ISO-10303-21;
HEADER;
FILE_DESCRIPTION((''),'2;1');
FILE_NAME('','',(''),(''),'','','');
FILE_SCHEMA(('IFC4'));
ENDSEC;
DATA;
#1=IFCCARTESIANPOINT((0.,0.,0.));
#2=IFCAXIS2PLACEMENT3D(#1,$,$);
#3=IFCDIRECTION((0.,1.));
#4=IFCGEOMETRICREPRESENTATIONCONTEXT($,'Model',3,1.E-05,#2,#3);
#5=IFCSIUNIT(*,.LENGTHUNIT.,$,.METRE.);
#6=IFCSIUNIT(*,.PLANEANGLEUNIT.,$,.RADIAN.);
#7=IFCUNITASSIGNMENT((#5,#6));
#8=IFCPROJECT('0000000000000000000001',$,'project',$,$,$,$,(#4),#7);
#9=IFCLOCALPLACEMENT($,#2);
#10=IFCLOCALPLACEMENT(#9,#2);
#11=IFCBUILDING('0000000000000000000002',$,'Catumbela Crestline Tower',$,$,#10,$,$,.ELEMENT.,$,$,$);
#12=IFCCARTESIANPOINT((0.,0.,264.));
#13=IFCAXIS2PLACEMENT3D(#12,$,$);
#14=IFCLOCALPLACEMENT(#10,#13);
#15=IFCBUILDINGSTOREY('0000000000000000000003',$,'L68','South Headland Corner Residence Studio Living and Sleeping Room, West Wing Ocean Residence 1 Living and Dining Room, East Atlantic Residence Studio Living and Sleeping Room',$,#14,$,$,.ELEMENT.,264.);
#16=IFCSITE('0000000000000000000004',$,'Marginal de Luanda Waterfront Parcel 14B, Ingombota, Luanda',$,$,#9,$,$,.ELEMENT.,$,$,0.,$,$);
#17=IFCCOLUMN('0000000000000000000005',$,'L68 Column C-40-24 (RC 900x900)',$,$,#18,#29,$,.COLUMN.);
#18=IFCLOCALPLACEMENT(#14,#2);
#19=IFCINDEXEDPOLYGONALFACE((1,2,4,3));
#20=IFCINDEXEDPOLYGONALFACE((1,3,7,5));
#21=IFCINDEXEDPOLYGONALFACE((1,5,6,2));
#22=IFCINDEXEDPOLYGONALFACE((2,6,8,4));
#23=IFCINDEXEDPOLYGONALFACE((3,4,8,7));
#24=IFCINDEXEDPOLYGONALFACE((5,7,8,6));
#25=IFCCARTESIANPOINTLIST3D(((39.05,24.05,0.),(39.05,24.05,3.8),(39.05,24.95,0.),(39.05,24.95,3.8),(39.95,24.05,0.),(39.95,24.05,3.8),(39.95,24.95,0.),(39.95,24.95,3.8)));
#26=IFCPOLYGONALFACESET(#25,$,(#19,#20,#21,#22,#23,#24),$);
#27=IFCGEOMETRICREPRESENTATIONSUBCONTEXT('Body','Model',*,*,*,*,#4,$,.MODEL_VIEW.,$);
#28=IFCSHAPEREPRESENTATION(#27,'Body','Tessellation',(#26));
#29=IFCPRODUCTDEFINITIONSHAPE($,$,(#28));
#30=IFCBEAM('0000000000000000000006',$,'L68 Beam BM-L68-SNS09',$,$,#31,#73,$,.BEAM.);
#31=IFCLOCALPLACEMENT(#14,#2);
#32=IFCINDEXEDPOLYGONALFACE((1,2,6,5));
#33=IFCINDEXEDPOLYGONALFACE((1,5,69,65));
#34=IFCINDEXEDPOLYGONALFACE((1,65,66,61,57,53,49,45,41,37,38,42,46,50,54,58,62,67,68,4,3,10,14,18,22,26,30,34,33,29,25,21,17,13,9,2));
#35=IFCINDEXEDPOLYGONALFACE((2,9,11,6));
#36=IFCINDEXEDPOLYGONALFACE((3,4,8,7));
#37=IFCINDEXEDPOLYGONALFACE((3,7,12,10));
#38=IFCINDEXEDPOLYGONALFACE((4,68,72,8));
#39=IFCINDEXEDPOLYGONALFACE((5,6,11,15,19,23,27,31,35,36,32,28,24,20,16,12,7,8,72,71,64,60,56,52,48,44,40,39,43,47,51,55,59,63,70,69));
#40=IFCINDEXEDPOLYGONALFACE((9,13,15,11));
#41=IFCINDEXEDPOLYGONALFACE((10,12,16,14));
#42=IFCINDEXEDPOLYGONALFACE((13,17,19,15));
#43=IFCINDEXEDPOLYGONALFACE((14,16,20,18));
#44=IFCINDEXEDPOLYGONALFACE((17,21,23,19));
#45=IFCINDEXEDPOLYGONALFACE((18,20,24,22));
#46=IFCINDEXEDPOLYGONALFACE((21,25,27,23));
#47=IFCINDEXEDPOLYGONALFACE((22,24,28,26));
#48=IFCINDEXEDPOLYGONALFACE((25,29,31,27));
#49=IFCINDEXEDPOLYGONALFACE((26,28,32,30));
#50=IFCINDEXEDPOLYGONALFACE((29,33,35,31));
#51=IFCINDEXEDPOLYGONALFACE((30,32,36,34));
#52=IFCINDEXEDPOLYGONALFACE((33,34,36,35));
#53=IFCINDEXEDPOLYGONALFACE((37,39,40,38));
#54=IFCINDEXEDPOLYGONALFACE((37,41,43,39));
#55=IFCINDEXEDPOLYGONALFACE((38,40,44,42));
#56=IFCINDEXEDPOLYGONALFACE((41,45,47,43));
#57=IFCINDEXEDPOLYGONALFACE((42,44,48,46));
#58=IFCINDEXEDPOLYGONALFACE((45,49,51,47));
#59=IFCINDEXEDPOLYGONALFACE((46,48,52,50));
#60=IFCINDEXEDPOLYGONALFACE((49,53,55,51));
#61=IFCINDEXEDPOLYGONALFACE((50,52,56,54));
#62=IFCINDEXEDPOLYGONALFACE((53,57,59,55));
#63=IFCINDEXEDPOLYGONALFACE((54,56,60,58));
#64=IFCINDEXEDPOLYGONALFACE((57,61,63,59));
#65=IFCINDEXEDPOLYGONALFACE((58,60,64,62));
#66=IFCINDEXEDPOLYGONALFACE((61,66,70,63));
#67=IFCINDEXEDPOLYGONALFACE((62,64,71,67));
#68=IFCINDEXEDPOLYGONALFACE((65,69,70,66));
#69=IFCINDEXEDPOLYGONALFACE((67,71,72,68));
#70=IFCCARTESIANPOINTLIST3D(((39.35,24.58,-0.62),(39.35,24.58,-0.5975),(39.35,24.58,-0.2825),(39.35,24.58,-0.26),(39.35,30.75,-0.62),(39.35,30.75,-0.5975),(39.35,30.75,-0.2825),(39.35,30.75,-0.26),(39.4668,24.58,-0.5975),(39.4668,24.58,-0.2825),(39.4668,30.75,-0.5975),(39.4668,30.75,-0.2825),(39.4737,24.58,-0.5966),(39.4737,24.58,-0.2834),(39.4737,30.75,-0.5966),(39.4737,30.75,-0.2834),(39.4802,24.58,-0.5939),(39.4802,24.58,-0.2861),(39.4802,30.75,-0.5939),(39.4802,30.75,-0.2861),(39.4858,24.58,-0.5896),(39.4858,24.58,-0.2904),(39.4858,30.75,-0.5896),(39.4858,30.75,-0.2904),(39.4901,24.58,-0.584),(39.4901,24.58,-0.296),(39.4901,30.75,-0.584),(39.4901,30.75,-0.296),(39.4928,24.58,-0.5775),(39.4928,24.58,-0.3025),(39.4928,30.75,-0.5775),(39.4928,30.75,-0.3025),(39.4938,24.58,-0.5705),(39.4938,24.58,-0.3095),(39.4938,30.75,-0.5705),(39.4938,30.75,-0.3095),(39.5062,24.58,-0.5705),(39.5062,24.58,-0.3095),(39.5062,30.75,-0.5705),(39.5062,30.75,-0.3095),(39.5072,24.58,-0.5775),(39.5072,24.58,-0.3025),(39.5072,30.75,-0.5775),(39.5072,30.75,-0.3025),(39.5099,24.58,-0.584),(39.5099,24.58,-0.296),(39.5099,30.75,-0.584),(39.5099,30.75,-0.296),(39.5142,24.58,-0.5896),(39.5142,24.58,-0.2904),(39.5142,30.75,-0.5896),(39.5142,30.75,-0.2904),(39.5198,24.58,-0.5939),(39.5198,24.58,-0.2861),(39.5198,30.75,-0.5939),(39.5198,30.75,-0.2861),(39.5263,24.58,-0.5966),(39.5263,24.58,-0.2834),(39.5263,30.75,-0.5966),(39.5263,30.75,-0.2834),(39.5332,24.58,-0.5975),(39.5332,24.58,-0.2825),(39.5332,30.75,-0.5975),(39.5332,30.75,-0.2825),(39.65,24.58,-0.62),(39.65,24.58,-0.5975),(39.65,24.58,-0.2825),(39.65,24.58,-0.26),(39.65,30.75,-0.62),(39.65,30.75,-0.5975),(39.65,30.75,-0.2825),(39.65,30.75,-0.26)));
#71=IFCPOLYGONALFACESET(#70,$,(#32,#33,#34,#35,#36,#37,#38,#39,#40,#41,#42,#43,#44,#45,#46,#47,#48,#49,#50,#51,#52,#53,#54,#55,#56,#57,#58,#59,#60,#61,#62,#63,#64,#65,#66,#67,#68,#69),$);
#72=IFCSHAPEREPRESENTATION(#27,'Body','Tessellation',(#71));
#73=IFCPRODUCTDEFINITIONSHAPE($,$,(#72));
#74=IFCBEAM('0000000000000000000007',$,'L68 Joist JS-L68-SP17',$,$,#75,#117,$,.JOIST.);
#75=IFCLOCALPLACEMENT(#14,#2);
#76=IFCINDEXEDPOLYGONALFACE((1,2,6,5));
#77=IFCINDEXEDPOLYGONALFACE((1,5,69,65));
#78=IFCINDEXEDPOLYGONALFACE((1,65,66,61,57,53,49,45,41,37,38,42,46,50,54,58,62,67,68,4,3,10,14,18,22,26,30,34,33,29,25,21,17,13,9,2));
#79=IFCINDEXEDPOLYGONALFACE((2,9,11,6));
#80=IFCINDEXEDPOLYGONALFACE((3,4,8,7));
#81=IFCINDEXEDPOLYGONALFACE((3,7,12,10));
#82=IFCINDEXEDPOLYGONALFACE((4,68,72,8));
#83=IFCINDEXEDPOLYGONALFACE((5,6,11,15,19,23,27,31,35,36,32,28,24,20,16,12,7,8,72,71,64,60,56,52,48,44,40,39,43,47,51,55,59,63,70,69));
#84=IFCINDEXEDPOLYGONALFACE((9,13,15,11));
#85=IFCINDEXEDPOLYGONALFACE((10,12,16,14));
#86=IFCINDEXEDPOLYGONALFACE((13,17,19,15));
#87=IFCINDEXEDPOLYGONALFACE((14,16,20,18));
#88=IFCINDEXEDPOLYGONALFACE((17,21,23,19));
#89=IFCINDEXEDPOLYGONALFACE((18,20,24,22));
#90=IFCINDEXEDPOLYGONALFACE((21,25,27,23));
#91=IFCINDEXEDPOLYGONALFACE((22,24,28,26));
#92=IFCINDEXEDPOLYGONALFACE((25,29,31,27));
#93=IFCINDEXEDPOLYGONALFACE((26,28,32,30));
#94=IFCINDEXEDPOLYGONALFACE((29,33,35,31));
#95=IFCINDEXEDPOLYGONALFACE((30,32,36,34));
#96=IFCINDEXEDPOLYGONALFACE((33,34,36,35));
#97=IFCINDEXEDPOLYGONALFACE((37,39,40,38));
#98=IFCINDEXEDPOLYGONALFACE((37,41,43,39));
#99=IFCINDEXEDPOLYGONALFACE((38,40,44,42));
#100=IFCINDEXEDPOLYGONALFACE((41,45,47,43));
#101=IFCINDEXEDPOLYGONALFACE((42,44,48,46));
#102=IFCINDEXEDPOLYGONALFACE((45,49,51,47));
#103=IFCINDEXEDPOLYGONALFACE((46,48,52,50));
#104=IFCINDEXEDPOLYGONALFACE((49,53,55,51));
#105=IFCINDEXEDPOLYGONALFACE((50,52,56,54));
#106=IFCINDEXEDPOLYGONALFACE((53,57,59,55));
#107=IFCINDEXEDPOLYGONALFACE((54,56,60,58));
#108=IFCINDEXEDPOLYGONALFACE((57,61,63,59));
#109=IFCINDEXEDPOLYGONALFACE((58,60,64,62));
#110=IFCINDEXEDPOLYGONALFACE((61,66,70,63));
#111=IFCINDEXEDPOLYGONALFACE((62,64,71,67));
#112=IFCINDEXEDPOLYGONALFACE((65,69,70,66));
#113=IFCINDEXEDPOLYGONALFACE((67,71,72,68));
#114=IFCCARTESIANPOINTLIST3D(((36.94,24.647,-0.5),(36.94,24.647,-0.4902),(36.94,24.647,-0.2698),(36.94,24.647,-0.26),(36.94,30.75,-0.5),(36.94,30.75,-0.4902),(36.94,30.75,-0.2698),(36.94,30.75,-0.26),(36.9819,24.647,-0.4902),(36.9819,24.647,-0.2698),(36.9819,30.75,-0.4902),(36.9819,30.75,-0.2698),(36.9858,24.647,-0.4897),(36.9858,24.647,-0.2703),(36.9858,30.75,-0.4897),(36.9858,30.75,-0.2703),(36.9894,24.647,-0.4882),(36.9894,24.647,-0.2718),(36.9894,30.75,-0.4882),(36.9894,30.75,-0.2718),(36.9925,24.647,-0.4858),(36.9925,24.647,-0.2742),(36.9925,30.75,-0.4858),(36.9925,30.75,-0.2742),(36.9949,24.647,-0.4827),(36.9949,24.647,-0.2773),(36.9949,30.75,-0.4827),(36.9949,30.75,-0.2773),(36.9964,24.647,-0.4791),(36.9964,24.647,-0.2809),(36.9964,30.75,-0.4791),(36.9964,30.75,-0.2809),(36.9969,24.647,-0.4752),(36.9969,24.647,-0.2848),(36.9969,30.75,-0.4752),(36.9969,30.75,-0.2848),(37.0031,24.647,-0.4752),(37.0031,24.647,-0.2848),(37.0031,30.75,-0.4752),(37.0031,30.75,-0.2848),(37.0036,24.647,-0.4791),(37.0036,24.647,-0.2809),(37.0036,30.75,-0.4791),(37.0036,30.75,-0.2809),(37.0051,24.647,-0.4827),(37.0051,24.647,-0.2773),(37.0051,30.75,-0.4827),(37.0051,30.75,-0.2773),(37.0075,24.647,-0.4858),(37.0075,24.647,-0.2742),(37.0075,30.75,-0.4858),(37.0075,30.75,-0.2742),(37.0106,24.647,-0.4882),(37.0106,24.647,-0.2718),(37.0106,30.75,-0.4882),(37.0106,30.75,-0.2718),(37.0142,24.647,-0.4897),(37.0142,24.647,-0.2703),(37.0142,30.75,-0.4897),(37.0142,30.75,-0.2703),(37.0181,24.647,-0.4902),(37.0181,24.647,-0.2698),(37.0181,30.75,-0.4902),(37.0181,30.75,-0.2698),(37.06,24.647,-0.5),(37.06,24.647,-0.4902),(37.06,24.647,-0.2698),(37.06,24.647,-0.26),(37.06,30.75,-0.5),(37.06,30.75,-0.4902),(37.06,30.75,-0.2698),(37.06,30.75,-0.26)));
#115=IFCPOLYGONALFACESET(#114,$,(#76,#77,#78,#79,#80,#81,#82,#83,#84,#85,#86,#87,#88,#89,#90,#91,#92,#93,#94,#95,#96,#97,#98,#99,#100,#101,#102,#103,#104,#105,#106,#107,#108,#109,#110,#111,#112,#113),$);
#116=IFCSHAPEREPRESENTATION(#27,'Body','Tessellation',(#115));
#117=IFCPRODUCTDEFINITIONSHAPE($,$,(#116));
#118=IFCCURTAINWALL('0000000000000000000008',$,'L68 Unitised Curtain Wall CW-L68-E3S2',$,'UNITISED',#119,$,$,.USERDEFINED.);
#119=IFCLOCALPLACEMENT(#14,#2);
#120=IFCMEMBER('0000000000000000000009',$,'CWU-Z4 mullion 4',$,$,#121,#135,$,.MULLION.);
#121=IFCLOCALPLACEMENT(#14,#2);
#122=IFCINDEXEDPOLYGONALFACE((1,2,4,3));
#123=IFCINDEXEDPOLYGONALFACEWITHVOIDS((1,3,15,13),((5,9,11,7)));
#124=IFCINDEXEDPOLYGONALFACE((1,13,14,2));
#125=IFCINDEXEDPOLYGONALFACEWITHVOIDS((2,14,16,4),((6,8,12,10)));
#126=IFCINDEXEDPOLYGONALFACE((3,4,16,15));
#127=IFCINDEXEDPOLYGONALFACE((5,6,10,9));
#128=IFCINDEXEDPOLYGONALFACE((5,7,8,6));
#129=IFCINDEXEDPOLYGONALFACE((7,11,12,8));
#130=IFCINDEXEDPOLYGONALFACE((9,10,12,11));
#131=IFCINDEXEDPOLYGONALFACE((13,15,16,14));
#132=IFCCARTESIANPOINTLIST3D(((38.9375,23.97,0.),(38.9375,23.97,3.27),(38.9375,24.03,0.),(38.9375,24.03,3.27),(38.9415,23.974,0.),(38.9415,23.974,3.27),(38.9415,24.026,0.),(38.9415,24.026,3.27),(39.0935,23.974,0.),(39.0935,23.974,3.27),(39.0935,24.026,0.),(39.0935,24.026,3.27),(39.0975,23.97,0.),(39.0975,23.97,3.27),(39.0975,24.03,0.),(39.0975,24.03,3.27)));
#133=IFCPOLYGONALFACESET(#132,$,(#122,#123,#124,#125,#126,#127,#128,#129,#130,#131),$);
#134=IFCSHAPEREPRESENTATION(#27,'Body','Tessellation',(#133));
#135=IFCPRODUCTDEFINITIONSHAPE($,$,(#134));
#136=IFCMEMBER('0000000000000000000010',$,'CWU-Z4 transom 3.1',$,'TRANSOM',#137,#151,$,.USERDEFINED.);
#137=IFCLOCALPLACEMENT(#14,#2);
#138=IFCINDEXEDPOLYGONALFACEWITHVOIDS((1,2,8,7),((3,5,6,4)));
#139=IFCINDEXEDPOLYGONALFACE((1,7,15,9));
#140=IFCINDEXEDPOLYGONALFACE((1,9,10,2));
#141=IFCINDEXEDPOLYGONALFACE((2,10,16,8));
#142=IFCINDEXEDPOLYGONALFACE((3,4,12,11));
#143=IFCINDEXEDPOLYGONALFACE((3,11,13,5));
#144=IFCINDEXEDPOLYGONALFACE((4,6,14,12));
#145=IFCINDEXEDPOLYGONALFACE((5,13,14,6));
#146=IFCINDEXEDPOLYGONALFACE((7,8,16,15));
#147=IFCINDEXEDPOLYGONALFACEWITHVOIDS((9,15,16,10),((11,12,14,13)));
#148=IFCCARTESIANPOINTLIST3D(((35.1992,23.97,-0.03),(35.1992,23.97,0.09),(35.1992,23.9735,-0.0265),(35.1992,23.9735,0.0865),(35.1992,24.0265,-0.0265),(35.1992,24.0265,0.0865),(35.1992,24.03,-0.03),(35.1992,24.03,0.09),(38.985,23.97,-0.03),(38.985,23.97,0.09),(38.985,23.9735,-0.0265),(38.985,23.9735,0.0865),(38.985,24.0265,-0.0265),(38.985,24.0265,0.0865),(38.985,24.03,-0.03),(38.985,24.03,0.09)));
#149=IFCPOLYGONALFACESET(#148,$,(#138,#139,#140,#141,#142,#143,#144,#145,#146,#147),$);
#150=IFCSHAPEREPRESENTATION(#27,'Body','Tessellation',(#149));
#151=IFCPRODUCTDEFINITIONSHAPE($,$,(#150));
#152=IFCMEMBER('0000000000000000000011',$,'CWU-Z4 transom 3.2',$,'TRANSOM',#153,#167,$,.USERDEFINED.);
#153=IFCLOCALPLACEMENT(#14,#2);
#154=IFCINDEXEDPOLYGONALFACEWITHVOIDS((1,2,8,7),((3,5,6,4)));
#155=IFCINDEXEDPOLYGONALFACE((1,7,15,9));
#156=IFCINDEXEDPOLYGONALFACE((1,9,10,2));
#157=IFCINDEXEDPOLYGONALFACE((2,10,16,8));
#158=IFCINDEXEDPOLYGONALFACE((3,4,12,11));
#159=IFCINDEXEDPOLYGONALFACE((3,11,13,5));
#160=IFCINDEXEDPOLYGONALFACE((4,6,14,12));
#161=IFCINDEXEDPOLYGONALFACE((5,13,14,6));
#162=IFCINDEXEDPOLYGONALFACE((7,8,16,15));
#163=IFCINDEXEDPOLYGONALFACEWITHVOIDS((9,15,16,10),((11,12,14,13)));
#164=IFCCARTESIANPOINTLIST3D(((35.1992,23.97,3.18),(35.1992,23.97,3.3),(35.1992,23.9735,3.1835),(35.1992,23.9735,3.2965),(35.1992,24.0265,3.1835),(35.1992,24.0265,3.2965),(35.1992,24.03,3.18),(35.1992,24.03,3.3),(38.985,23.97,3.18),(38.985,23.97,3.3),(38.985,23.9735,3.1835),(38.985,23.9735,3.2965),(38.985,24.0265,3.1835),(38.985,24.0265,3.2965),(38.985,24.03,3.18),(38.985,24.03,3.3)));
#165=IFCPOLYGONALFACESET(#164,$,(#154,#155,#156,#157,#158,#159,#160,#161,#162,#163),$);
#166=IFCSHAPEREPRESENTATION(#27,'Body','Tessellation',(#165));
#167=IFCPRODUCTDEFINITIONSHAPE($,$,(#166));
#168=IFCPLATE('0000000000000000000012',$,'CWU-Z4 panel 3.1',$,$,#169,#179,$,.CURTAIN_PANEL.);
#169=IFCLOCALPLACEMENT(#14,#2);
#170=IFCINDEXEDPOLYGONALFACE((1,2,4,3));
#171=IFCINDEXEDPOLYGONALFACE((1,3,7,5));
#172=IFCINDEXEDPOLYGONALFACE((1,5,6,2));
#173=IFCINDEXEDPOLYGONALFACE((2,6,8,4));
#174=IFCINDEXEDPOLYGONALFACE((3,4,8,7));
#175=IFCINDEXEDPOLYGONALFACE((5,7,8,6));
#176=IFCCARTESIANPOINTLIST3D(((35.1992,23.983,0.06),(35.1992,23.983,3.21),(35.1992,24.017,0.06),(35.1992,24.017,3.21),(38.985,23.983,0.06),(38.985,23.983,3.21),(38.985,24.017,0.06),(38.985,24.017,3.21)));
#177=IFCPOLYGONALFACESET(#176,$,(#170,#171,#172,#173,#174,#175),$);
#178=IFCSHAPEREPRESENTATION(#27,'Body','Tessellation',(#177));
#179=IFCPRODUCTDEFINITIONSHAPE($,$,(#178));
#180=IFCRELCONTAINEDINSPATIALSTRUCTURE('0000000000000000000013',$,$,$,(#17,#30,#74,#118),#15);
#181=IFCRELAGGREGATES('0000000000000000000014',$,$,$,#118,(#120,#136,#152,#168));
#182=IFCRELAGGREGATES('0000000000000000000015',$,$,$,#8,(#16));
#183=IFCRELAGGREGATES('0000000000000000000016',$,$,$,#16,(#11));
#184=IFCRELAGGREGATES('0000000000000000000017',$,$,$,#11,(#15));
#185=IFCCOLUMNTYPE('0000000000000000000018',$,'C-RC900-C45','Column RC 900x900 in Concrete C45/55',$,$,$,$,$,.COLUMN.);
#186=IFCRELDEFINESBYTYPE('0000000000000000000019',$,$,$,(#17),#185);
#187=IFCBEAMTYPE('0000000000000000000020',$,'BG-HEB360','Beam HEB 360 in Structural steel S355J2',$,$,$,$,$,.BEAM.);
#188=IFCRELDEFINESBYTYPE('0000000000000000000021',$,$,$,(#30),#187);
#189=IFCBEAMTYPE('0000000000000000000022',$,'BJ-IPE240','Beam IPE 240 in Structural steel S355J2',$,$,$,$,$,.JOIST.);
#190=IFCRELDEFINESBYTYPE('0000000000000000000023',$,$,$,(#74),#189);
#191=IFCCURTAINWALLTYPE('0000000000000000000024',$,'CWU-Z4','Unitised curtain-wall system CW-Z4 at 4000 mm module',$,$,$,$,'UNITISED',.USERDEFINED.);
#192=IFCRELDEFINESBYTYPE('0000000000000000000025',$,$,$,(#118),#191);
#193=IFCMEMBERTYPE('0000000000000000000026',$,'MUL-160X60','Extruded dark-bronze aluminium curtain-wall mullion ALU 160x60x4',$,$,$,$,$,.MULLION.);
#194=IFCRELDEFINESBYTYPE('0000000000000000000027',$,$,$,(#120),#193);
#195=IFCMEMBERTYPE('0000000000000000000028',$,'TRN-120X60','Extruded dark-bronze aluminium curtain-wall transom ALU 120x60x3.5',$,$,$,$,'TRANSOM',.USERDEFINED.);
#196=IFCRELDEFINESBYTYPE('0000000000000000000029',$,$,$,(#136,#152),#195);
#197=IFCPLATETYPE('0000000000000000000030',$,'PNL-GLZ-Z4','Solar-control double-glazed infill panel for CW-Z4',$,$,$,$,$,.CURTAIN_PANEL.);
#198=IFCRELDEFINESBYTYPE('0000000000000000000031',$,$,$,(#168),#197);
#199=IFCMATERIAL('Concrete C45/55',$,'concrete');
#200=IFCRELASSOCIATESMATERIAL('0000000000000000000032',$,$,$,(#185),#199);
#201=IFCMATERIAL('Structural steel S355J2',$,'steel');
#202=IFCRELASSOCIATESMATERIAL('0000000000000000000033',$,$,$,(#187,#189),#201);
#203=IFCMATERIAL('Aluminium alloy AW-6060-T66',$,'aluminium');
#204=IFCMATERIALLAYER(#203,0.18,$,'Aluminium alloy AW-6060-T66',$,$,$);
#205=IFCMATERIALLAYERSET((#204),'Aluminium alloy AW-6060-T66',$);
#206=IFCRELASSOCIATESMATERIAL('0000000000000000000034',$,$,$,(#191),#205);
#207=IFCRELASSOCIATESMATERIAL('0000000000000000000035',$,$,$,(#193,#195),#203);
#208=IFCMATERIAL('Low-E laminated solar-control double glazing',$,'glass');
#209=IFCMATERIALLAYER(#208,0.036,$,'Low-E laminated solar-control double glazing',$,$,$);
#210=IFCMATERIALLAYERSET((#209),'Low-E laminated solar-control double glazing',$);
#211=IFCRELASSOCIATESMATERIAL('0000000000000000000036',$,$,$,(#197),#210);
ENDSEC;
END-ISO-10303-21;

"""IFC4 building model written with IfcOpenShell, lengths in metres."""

from ifc_helpers import new_model, si_unit, direction, frame, origin, origin_2d, place, context, subcontext, project, spatial, rectangle, hollow_rectangle, i_section, extrude, material, layer, layer_set, material_profile, profile_set, type_object, element, aggregate, save


model = new_model("IFC4")

# Units and contexts
model_context = context("Model", 3, precision=1e-05, world=origin(), true_north=direction((0.0, 1.0)))
body_context = subcontext(model_context, "Body", "Model", "MODEL_VIEW")
ifc_project = project(units=[si_unit("LENGTHUNIT", "METRE"), si_unit("PLANEANGLEUNIT", "RADIAN")], contexts=[model_context])

# Site, building, storey
site_placement = place(None, origin())
site = spatial("IfcSite", under=ifc_project, at=site_placement, Name="Marginal de Luanda Waterfront Parcel 14B, Ingombota, Luanda", CompositionType="ELEMENT", RefElevation=0.0)
building_placement = place(site_placement, origin())
building = spatial("IfcBuilding", under=site, at=building_placement, Name="Catumbela Crestline Tower", CompositionType="ELEMENT")
storey_placement = place(building_placement, frame((0.0, 0.0, 264.0)))
storey = spatial("IfcBuildingStorey", under=building, at=storey_placement, Name="L68", Description="South Headland Corner Residence Studio Living and Sleeping Room, West Wing Ocean Residence 1 Living and Dining Room, East Atlantic Residence Studio Living and Sleeping Room", CompositionType="ELEMENT", Elevation=264.0)

# Column
ifc_material_1 = material(Name="Concrete C45/55", Category="concrete")
ifc_material_profile_1 = material_profile(ifc_material_1, rectangle(XDim=0.9, YDim=0.9, at=origin_2d()), Name="RC 900x900")
ifc_profile_set_1 = profile_set([ifc_material_profile_1], Name="Concrete C45/55")
column_type = type_object("IfcColumnType", Name="C-RC900-C45", Description="Column RC 900x900 in Concrete C45/55", PredefinedType="COLUMN", material=ifc_profile_set_1)
column_placement = place(storey_placement, frame((39.5, 24.5, 0.0), z_axis=(0.0, 0.0, 1.0), x_axis=(1.0, 0.0, 0.0)))
element("IfcColumn", 1, at=column_placement, inside=storey, type_object=column_type, Name="L68 Column C-40-24 (RC 900x900)", PredefinedType="COLUMN", context=body_context, shape_type="SweptSolid", body=[
    extrude(rectangle(XDim=0.9, YDim=0.9, at=origin_2d()), origin(), (0.0, 0.0, 1.0), 3.8),
])

# Beams
ifc_material_2 = material(Name="Structural steel S355J2", Category="steel")
ifc_material_profile_2 = material_profile(ifc_material_2, i_section(OverallWidth=0.3, OverallDepth=0.36, WebThickness=0.0125, FlangeThickness=0.0225, FilletRadius=0.027, at=origin_2d()), Name="HEB 360")
ifc_profile_set_2 = profile_set([ifc_material_profile_2], Name="Structural steel S355J2")
beam_type_1 = type_object("IfcBeamType", Name="BG-HEB360", Description="Beam HEB 360 in Structural steel S355J2", PredefinedType="BEAM", material=ifc_profile_set_2)
beam_1_placement = place(storey_placement, frame((39.5, 24.58, -0.44), z_axis=(0.0, 1.0, 0.0), x_axis=(-1.0, 0.0, 0.0)))
element("IfcBeam", 2, at=beam_1_placement, inside=storey, type_object=beam_type_1, Name="L68 Beam BM-L68-SNS09", PredefinedType="BEAM", context=body_context, shape_type="SweptSolid", body=[
    extrude(i_section(OverallWidth=0.3, OverallDepth=0.36, WebThickness=0.0125, FlangeThickness=0.0225, FilletRadius=0.027, at=origin_2d()), origin(), (0.0, 0.0, 1.0), 6.17),
])
ifc_material_profile_3 = material_profile(ifc_material_2, i_section(OverallWidth=0.12, OverallDepth=0.24, WebThickness=0.0062, FlangeThickness=0.0098, FilletRadius=0.015, at=origin_2d()), Name="IPE 240")
ifc_profile_set_3 = profile_set([ifc_material_profile_3], Name="Structural steel S355J2")
beam_type_2 = type_object("IfcBeamType", Name="BJ-IPE240", Description="Beam IPE 240 in Structural steel S355J2", PredefinedType="JOIST", material=ifc_profile_set_3)
beam_2_placement = place(storey_placement, frame((37.0, 24.647, -0.38), z_axis=(0.0, 1.0, 0.0), x_axis=(-1.0, 0.0, 0.0)))
element("IfcBeam", 3, at=beam_2_placement, inside=storey, type_object=beam_type_2, Name="L68 Joist JS-L68-SP17", PredefinedType="JOIST", context=body_context, shape_type="SweptSolid", body=[
    extrude(i_section(OverallWidth=0.12, OverallDepth=0.24, WebThickness=0.0062, FlangeThickness=0.0098, FilletRadius=0.015, at=origin_2d()), origin(), (0.0, 0.0, 1.0), 6.103),
])

# Curtain wall, members, plate
ifc_material_3 = material(Name="Aluminium alloy AW-6060-T66", Category="aluminium")
ifc_layer_1 = layer(ifc_material_3, 0.18, Name="Aluminium alloy AW-6060-T66")
ifc_layer_set_1 = layer_set([ifc_layer_1], Name="Aluminium alloy AW-6060-T66")
curtain_wall_type = type_object("IfcCurtainWallType", Name="CWU-Z4", Description="Unitised curtain-wall system CW-Z4 at 4000 mm module", ElementType="UNITISED", PredefinedType="USERDEFINED", material=ifc_layer_set_1)
curtain_wall_placement = place(storey_placement, origin())
curtain_wall = element("IfcCurtainWall", 4, at=curtain_wall_placement, inside=storey, type_object=curtain_wall_type, Name="L68 Unitised Curtain Wall CW-L68-E3S2", ObjectType="UNITISED", PredefinedType="USERDEFINED")
ifc_material_profile_4 = material_profile(ifc_material_3, hollow_rectangle(XDim=0.06, YDim=0.16, WallThickness=0.004, at=origin_2d()), Name="ALU 160x60x4")
ifc_profile_set_4 = profile_set([ifc_material_profile_4], Name="Aluminium alloy AW-6060-T66")
member_type_1 = type_object("IfcMemberType", Name="MUL-160X60", Description="Extruded dark-bronze aluminium curtain-wall mullion ALU 160x60x4", PredefinedType="MULLION", material=ifc_profile_set_4)
member_1_placement = place(storey_placement, frame((39.0175, 24.0, 0.0), z_axis=(0.0, 0.0, 1.0), x_axis=(0.0, 1.0, 0.0)))
member_1 = element("IfcMember", 5, at=member_1_placement, type_object=member_type_1, Name="CWU-Z4 mullion 4", PredefinedType="MULLION", context=body_context, shape_type="SweptSolid", body=[
    extrude(hollow_rectangle(XDim=0.06, YDim=0.16, WallThickness=0.004, at=origin_2d()), origin(), (0.0, 0.0, 1.0), 3.27),
])
ifc_material_profile_5 = material_profile(ifc_material_3, hollow_rectangle(XDim=0.06, YDim=0.12, WallThickness=0.0035, at=origin_2d()), Name="ALU 120x60x3.5")
ifc_profile_set_5 = profile_set([ifc_material_profile_5], Name="Aluminium alloy AW-6060-T66")
member_type_2 = type_object("IfcMemberType", Name="TRN-120X60", Description="Extruded dark-bronze aluminium curtain-wall transom ALU 120x60x3.5", ElementType="TRANSOM", PredefinedType="USERDEFINED", material=ifc_profile_set_5)
member_2_placement = place(storey_placement, frame((35.1992, 24.0, 0.03), z_axis=(1.0, 0.0, 0.0), x_axis=(0.0, 1.0, 0.0)))
member_2 = element("IfcMember", 6, at=member_2_placement, type_object=member_type_2, Name="CWU-Z4 transom 3.1", ObjectType="TRANSOM", PredefinedType="USERDEFINED", context=body_context, shape_type="SweptSolid", body=[
    extrude(hollow_rectangle(XDim=0.06, YDim=0.12, WallThickness=0.0035, at=origin_2d()), origin(), (0.0, 0.0, 1.0), 3.7858),
])
member_3_placement = place(storey_placement, frame((35.1992, 24.0, 3.24), z_axis=(1.0, 0.0, 0.0), x_axis=(0.0, 1.0, 0.0)))
member_3 = element("IfcMember", 7, at=member_3_placement, type_object=member_type_2, Name="CWU-Z4 transom 3.2", ObjectType="TRANSOM", PredefinedType="USERDEFINED", context=body_context, shape_type="SweptSolid", body=[
    extrude(hollow_rectangle(XDim=0.06, YDim=0.12, WallThickness=0.0035, at=origin_2d()), origin(), (0.0, 0.0, 1.0), 3.7858),
])
ifc_material_4 = material(Name="Low-E laminated solar-control double glazing", Category="glass")
ifc_layer_2 = layer(ifc_material_4, 0.036, Name="Low-E laminated solar-control double glazing")
ifc_layer_set_2 = layer_set([ifc_layer_2], Name="Low-E laminated solar-control double glazing")
plate_type = type_object("IfcPlateType", Name="PNL-GLZ-Z4", Description="Solar-control double-glazed infill panel for CW-Z4", PredefinedType="CURTAIN_PANEL", material=ifc_layer_set_2)
plate_placement = place(storey_placement, frame((37.0921, 24.0, 0.06), z_axis=(0.0, 0.0, 1.0), x_axis=(1.0, 0.0, 0.0)))
plate = element("IfcPlate", 8, at=plate_placement, type_object=plate_type, Name="CWU-Z4 panel 3.1", PredefinedType="CURTAIN_PANEL", context=body_context, shape_type="SweptSolid", body=[
    extrude(rectangle(XDim=3.7858, YDim=0.034, at=origin_2d()), origin(), (0.0, 0.0, 1.0), 3.15),
])
aggregate(curtain_wall, [member_1, member_2, member_3, plate])

save(model, "model.ifc")
